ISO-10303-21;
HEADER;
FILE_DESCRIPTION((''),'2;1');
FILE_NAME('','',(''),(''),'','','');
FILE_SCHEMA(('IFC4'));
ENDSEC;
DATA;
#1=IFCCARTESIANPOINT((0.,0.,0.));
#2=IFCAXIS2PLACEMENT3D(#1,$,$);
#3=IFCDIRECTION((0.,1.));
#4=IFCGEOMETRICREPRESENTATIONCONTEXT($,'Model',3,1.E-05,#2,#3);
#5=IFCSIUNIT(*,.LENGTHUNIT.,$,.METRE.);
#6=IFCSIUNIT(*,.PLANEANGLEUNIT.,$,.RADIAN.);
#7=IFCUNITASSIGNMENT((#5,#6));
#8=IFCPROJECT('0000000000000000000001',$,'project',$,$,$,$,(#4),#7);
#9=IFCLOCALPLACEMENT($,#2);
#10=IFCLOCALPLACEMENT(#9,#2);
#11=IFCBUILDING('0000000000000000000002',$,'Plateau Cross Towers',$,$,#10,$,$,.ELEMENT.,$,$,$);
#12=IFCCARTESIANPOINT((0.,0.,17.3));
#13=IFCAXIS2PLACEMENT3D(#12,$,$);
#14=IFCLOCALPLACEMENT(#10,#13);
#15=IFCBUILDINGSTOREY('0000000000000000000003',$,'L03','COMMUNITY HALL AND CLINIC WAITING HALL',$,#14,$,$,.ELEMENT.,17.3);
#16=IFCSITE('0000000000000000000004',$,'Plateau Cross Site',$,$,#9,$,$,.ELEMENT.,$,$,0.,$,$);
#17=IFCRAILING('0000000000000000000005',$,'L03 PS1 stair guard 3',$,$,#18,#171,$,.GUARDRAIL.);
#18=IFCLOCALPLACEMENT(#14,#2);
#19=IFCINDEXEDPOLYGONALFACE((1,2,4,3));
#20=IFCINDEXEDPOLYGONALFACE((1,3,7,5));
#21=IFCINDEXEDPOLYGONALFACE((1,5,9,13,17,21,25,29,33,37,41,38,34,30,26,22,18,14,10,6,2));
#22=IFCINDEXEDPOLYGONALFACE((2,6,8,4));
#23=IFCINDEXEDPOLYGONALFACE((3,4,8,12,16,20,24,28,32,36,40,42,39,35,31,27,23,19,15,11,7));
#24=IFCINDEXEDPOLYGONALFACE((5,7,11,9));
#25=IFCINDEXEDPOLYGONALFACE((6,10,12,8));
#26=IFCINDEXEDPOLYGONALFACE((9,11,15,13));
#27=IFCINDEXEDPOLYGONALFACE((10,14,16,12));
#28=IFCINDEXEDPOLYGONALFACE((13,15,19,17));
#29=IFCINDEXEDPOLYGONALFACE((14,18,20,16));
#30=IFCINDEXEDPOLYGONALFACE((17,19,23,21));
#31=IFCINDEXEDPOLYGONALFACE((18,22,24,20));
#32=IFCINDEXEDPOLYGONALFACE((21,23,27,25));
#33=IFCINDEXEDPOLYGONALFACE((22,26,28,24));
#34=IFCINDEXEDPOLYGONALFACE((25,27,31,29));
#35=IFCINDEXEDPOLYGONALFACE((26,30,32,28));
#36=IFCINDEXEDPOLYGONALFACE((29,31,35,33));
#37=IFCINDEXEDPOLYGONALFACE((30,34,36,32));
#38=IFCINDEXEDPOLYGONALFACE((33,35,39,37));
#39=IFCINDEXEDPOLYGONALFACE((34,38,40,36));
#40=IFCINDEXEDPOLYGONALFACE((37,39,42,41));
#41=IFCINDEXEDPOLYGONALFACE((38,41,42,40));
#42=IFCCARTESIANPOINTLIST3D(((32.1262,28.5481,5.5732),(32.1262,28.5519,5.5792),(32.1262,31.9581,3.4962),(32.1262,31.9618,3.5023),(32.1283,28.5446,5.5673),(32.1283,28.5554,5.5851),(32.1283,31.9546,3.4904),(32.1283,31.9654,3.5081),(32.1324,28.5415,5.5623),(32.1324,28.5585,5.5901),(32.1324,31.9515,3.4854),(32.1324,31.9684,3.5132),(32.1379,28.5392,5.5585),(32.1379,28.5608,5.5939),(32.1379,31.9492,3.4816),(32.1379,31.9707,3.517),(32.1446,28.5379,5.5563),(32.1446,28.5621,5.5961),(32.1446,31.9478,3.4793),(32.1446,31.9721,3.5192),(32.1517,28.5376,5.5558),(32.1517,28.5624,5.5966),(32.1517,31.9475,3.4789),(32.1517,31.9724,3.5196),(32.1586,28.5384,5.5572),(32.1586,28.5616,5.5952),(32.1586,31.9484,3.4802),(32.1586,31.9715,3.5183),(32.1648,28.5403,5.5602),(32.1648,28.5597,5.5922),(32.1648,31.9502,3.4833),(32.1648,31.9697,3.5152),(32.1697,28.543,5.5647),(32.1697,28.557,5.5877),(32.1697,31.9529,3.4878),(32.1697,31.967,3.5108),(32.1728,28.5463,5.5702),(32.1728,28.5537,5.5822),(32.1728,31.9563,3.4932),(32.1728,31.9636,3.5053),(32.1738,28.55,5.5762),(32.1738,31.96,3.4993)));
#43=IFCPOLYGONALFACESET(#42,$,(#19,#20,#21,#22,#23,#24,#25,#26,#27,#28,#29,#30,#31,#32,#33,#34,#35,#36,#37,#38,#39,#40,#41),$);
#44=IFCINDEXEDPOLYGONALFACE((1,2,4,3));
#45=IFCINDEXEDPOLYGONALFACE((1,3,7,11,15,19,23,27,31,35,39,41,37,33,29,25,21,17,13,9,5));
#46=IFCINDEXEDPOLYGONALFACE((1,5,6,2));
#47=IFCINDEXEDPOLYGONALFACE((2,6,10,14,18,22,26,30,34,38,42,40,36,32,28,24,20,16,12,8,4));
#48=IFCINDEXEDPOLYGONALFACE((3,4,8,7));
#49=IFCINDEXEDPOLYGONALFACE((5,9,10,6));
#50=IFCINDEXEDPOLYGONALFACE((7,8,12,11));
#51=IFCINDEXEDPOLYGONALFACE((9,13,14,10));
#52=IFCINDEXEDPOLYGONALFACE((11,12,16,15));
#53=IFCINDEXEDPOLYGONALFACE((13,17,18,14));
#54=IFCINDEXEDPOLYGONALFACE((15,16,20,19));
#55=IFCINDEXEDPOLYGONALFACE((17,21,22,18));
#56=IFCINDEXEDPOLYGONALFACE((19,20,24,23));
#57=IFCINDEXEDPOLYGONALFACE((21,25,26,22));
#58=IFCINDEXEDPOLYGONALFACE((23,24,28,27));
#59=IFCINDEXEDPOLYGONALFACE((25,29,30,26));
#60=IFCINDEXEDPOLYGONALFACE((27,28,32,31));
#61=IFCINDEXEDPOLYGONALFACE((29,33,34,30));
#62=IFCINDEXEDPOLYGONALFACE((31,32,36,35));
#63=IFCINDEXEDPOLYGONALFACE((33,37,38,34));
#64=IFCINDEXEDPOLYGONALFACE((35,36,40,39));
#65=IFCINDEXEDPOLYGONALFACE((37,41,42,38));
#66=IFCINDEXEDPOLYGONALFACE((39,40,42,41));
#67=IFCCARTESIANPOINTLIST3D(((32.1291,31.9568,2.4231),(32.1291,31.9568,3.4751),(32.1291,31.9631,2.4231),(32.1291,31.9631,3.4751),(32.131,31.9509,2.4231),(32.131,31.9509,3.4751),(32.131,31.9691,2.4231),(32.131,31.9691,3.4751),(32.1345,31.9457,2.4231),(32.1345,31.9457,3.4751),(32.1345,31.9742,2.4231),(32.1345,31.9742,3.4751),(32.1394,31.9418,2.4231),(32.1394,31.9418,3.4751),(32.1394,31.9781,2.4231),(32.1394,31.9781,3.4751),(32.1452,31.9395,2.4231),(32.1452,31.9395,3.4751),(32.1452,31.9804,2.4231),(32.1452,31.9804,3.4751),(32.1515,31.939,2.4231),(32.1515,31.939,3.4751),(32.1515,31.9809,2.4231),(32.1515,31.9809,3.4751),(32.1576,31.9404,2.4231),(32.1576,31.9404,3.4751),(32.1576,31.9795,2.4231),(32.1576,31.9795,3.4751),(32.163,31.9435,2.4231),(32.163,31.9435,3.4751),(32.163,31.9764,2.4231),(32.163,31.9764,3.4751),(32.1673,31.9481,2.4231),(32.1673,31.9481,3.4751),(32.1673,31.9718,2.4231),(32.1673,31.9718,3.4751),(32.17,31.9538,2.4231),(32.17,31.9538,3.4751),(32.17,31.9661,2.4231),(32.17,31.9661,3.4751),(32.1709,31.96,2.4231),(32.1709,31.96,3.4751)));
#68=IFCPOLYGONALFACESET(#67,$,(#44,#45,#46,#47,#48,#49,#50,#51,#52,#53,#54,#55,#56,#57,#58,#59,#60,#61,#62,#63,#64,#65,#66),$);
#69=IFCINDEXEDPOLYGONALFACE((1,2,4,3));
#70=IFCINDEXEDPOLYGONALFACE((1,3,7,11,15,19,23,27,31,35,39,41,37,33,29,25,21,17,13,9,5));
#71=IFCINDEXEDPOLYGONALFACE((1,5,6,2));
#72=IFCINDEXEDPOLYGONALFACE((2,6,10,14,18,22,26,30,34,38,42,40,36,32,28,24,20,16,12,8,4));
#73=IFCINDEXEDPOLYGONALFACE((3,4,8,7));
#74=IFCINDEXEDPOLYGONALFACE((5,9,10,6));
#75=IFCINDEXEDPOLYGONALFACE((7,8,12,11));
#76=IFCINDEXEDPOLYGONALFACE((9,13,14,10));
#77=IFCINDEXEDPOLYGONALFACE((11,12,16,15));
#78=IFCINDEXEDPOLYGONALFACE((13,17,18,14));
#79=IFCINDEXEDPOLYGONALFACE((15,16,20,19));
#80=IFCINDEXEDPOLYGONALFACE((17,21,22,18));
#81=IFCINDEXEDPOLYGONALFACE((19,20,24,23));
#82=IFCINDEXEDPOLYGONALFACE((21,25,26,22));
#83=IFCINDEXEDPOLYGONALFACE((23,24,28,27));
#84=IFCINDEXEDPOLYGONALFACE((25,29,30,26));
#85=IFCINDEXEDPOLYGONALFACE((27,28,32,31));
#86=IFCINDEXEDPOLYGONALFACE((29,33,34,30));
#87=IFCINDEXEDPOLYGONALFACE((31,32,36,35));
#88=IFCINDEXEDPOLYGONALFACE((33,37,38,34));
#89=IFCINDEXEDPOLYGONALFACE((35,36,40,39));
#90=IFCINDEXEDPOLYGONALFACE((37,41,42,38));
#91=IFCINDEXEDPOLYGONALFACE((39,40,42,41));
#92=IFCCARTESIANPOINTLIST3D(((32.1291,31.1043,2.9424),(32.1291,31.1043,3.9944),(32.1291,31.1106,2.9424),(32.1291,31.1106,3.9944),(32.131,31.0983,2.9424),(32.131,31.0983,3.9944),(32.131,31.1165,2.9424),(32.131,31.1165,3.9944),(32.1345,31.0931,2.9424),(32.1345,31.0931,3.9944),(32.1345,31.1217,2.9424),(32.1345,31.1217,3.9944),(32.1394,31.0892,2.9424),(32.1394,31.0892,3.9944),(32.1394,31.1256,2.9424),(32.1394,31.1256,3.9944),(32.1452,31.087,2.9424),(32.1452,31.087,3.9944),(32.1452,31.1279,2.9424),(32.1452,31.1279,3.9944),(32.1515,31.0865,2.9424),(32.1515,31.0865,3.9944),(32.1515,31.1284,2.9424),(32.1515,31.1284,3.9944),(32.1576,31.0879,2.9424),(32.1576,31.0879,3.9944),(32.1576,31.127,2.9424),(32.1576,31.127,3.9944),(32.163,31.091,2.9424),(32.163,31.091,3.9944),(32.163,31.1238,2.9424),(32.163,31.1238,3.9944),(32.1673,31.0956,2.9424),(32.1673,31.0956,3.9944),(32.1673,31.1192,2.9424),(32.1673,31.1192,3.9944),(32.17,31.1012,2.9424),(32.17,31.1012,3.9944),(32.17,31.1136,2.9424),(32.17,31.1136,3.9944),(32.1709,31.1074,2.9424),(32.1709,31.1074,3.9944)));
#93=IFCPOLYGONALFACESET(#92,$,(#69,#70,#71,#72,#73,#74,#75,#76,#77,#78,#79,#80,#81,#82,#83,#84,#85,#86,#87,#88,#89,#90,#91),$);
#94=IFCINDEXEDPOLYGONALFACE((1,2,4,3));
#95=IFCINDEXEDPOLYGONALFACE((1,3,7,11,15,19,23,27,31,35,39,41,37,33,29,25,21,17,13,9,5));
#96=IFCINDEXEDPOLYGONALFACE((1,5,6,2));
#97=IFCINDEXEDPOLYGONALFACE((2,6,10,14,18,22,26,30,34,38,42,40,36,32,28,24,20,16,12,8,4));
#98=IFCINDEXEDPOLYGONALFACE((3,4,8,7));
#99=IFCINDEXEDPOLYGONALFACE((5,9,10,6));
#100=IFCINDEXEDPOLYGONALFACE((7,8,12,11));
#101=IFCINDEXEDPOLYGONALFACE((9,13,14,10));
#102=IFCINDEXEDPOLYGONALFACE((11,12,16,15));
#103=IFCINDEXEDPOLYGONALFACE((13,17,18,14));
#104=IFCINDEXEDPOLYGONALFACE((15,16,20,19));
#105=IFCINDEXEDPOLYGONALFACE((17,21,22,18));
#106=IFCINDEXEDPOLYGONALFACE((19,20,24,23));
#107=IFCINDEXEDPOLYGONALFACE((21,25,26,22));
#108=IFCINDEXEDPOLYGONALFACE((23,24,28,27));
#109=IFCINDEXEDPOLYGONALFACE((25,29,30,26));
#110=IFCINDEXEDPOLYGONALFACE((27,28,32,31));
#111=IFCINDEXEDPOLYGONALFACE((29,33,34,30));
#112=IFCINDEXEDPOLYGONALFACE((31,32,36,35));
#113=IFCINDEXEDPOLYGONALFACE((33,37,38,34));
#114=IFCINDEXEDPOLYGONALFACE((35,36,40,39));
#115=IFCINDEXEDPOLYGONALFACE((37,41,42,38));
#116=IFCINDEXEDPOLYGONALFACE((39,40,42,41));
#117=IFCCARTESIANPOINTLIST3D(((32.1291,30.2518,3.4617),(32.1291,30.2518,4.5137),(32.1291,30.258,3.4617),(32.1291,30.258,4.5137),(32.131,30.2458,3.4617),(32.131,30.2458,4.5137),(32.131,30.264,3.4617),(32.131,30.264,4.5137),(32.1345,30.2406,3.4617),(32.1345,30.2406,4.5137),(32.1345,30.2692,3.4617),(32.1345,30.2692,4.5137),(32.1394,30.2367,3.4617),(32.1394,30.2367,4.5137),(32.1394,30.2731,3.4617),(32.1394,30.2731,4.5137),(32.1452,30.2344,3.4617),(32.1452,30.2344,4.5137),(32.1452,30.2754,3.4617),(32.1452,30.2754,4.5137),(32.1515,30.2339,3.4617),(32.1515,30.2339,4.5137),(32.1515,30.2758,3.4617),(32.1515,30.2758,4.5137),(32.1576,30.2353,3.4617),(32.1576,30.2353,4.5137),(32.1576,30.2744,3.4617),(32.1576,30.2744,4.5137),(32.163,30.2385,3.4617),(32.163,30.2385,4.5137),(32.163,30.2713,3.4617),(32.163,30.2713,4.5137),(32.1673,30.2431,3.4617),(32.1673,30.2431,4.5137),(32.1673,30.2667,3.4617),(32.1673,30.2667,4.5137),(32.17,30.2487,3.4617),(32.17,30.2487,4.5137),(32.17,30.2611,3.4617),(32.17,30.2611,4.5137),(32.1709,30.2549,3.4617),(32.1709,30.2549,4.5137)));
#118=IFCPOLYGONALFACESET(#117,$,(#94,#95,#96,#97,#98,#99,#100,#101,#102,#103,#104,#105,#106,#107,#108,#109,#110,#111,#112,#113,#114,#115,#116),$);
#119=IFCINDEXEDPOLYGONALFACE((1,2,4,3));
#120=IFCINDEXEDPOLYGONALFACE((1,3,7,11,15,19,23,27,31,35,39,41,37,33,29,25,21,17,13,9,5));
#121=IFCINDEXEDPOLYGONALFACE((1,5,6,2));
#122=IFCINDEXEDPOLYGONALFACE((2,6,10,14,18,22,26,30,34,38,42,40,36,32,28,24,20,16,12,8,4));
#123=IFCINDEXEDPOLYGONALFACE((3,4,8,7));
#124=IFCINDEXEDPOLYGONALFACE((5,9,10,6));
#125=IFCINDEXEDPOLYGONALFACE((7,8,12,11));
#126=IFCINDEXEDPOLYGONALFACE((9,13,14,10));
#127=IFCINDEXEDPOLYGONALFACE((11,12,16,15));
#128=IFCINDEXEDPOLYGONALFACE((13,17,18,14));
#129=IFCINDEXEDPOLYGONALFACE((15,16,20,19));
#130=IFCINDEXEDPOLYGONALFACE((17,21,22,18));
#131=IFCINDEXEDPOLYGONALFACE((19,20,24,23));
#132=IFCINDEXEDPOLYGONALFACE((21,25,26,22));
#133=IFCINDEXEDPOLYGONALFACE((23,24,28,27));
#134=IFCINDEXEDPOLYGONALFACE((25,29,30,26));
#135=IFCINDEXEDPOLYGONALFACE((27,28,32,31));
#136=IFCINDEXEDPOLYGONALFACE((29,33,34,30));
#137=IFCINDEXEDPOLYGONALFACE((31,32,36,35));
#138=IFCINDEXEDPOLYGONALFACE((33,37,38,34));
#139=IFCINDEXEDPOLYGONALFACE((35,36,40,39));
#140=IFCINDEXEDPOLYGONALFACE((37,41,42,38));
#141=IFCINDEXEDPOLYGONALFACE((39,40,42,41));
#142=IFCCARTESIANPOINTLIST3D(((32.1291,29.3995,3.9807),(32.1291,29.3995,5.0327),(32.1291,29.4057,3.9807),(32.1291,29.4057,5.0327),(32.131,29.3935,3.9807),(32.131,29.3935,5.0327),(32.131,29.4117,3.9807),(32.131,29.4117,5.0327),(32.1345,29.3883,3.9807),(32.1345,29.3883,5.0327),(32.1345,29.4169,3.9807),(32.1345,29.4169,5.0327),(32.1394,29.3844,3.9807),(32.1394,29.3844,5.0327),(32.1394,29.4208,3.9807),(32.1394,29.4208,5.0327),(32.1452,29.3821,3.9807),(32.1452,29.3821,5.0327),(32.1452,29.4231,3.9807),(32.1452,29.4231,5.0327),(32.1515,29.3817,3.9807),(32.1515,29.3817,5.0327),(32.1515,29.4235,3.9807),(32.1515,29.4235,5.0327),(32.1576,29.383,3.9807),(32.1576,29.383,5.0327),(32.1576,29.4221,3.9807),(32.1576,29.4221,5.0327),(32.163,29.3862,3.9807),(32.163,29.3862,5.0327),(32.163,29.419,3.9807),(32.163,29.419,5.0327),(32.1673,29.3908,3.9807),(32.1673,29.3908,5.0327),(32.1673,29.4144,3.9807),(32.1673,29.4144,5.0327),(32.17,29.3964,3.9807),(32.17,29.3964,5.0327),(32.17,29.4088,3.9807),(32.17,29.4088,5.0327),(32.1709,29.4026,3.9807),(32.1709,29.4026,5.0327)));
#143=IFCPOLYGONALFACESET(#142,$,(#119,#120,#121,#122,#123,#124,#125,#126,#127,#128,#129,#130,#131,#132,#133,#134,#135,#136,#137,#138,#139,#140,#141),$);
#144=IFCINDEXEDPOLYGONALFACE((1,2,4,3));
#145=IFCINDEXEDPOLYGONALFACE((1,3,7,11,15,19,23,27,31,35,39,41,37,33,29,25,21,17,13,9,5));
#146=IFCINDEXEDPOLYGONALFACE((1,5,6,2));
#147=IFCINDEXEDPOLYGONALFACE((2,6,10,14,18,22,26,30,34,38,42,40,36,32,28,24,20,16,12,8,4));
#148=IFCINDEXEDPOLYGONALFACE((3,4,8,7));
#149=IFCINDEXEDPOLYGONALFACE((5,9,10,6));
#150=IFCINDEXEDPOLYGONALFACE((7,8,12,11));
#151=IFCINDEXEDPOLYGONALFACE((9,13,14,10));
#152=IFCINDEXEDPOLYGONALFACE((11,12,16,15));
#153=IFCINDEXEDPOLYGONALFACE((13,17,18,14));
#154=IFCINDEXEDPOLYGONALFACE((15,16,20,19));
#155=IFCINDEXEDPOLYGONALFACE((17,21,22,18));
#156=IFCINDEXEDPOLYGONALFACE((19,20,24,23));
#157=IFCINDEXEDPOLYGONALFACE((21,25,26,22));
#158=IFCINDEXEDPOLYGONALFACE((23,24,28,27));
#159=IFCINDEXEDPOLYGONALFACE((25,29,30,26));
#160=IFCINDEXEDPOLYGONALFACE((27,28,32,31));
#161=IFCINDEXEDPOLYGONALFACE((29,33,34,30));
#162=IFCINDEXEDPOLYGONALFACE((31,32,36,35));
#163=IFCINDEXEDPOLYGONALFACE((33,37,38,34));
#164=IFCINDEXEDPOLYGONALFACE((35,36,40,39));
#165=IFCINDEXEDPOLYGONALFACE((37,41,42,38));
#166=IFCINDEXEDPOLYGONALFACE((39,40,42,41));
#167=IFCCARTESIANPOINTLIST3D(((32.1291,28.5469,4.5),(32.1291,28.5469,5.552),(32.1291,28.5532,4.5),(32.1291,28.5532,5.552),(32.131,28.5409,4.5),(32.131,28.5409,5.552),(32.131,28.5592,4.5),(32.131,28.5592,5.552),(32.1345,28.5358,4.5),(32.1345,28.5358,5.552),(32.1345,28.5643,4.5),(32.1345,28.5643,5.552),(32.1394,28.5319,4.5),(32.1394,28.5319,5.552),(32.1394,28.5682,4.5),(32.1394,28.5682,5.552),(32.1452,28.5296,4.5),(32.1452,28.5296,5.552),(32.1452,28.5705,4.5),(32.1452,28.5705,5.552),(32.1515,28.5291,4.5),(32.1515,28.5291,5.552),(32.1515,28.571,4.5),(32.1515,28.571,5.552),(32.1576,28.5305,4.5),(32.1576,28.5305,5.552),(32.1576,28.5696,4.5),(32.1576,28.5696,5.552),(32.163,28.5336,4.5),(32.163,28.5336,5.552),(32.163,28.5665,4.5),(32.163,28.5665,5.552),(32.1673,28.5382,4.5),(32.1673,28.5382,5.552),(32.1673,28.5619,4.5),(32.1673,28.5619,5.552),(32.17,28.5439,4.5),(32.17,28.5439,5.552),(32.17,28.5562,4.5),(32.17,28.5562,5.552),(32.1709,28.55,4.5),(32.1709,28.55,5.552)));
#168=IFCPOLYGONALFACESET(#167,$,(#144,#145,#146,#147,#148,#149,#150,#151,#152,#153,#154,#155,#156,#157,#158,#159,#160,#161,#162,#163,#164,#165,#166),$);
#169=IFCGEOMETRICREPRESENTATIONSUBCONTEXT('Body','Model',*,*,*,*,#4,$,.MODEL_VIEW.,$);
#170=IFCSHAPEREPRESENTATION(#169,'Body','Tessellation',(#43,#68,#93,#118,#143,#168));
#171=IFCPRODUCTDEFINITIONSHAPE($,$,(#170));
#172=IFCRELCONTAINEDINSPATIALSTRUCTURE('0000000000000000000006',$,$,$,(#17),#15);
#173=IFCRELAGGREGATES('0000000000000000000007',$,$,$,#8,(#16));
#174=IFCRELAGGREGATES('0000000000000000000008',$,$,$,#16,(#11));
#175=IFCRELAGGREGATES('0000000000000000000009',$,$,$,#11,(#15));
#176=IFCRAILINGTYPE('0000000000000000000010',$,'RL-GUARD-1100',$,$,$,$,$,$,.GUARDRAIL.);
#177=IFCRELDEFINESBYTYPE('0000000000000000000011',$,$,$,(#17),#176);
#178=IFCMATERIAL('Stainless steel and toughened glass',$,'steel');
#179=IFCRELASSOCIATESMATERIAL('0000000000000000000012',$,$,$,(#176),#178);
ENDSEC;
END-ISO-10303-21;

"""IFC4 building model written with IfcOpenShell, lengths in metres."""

from ifc_helpers import new_model, si_unit, direction, frame, origin, origin_2d, place, context, subcontext, project, spatial, circle, extrude, material, type_object, element, save


model = new_model("IFC4")

# Units and contexts
model_context = context("Model", 3, precision=1e-05, world=origin(), true_north=direction((0.0, 1.0)))
body_context = subcontext(model_context, "Body", "Model", "MODEL_VIEW")
ifc_project = project(units=[si_unit("LENGTHUNIT", "METRE"), si_unit("PLANEANGLEUNIT", "RADIAN")], contexts=[model_context])

# Site, building, storey
site_placement = place(None, origin())
site = spatial("IfcSite", under=ifc_project, at=site_placement, Name="Plateau Cross Site", CompositionType="ELEMENT", RefElevation=0.0)
building_placement = place(site_placement, origin())
building = spatial("IfcBuilding", under=site, at=building_placement, Name="Plateau Cross Towers", CompositionType="ELEMENT")
storey_placement = place(building_placement, frame((0.0, 0.0, 17.3)))
storey = spatial("IfcBuildingStorey", under=building, at=storey_placement, Name="L03", Description="COMMUNITY HALL AND CLINIC WAITING HALL", CompositionType="ELEMENT", Elevation=17.3)

# Railing
ifc_material_1 = material(Name="Stainless steel and toughened glass", Category="steel")
railing_type_1 = type_object("IfcRailingType", Name="RL-GUARD-1100", PredefinedType="GUARDRAIL", material=ifc_material_1)
railing_1_placement = place(storey_placement, frame((32.1499, 31.96, 2.4231)))
element("IfcRailing", 1, at=railing_1_placement, inside=storey, type_object=railing_type_1, Name="L03 PS1 stair guard 3", PredefinedType="GUARDRAIL", context=body_context, shape_type="SweptSolid", body=[
    extrude(circle(Radius=0.0239, at=origin_2d()), frame((0.0, 0.0, 1.0762), z_axis=(0.0, -0.854053, 0.520186), x_axis=(1.0, 0.0, 0.0)), (0.0, 0.0, 1.0), 3.9927),
    extrude(circle(Radius=0.021, at=origin_2d()), origin(), (0.0, 0.0, 1.0), 1.052),
    extrude(circle(Radius=0.021, at=origin_2d()), frame((0.0, -0.8525, 0.5193)), (0.0, 0.0, 1.0), 1.052),
    extrude(circle(Radius=0.021, at=origin_2d()), frame((0.0, -1.7051, 1.0386)), (0.0, 0.0, 1.0), 1.052),
    extrude(circle(Radius=0.021, at=origin_2d()), frame((0.0, -2.5574, 1.5576)), (0.0, 0.0, 1.0), 1.052),
    extrude(circle(Radius=0.021, at=origin_2d()), frame((0.0, -3.4099, 2.0769)), (0.0, 0.0, 1.0), 1.052),
])

save(model, "model.ifc")
